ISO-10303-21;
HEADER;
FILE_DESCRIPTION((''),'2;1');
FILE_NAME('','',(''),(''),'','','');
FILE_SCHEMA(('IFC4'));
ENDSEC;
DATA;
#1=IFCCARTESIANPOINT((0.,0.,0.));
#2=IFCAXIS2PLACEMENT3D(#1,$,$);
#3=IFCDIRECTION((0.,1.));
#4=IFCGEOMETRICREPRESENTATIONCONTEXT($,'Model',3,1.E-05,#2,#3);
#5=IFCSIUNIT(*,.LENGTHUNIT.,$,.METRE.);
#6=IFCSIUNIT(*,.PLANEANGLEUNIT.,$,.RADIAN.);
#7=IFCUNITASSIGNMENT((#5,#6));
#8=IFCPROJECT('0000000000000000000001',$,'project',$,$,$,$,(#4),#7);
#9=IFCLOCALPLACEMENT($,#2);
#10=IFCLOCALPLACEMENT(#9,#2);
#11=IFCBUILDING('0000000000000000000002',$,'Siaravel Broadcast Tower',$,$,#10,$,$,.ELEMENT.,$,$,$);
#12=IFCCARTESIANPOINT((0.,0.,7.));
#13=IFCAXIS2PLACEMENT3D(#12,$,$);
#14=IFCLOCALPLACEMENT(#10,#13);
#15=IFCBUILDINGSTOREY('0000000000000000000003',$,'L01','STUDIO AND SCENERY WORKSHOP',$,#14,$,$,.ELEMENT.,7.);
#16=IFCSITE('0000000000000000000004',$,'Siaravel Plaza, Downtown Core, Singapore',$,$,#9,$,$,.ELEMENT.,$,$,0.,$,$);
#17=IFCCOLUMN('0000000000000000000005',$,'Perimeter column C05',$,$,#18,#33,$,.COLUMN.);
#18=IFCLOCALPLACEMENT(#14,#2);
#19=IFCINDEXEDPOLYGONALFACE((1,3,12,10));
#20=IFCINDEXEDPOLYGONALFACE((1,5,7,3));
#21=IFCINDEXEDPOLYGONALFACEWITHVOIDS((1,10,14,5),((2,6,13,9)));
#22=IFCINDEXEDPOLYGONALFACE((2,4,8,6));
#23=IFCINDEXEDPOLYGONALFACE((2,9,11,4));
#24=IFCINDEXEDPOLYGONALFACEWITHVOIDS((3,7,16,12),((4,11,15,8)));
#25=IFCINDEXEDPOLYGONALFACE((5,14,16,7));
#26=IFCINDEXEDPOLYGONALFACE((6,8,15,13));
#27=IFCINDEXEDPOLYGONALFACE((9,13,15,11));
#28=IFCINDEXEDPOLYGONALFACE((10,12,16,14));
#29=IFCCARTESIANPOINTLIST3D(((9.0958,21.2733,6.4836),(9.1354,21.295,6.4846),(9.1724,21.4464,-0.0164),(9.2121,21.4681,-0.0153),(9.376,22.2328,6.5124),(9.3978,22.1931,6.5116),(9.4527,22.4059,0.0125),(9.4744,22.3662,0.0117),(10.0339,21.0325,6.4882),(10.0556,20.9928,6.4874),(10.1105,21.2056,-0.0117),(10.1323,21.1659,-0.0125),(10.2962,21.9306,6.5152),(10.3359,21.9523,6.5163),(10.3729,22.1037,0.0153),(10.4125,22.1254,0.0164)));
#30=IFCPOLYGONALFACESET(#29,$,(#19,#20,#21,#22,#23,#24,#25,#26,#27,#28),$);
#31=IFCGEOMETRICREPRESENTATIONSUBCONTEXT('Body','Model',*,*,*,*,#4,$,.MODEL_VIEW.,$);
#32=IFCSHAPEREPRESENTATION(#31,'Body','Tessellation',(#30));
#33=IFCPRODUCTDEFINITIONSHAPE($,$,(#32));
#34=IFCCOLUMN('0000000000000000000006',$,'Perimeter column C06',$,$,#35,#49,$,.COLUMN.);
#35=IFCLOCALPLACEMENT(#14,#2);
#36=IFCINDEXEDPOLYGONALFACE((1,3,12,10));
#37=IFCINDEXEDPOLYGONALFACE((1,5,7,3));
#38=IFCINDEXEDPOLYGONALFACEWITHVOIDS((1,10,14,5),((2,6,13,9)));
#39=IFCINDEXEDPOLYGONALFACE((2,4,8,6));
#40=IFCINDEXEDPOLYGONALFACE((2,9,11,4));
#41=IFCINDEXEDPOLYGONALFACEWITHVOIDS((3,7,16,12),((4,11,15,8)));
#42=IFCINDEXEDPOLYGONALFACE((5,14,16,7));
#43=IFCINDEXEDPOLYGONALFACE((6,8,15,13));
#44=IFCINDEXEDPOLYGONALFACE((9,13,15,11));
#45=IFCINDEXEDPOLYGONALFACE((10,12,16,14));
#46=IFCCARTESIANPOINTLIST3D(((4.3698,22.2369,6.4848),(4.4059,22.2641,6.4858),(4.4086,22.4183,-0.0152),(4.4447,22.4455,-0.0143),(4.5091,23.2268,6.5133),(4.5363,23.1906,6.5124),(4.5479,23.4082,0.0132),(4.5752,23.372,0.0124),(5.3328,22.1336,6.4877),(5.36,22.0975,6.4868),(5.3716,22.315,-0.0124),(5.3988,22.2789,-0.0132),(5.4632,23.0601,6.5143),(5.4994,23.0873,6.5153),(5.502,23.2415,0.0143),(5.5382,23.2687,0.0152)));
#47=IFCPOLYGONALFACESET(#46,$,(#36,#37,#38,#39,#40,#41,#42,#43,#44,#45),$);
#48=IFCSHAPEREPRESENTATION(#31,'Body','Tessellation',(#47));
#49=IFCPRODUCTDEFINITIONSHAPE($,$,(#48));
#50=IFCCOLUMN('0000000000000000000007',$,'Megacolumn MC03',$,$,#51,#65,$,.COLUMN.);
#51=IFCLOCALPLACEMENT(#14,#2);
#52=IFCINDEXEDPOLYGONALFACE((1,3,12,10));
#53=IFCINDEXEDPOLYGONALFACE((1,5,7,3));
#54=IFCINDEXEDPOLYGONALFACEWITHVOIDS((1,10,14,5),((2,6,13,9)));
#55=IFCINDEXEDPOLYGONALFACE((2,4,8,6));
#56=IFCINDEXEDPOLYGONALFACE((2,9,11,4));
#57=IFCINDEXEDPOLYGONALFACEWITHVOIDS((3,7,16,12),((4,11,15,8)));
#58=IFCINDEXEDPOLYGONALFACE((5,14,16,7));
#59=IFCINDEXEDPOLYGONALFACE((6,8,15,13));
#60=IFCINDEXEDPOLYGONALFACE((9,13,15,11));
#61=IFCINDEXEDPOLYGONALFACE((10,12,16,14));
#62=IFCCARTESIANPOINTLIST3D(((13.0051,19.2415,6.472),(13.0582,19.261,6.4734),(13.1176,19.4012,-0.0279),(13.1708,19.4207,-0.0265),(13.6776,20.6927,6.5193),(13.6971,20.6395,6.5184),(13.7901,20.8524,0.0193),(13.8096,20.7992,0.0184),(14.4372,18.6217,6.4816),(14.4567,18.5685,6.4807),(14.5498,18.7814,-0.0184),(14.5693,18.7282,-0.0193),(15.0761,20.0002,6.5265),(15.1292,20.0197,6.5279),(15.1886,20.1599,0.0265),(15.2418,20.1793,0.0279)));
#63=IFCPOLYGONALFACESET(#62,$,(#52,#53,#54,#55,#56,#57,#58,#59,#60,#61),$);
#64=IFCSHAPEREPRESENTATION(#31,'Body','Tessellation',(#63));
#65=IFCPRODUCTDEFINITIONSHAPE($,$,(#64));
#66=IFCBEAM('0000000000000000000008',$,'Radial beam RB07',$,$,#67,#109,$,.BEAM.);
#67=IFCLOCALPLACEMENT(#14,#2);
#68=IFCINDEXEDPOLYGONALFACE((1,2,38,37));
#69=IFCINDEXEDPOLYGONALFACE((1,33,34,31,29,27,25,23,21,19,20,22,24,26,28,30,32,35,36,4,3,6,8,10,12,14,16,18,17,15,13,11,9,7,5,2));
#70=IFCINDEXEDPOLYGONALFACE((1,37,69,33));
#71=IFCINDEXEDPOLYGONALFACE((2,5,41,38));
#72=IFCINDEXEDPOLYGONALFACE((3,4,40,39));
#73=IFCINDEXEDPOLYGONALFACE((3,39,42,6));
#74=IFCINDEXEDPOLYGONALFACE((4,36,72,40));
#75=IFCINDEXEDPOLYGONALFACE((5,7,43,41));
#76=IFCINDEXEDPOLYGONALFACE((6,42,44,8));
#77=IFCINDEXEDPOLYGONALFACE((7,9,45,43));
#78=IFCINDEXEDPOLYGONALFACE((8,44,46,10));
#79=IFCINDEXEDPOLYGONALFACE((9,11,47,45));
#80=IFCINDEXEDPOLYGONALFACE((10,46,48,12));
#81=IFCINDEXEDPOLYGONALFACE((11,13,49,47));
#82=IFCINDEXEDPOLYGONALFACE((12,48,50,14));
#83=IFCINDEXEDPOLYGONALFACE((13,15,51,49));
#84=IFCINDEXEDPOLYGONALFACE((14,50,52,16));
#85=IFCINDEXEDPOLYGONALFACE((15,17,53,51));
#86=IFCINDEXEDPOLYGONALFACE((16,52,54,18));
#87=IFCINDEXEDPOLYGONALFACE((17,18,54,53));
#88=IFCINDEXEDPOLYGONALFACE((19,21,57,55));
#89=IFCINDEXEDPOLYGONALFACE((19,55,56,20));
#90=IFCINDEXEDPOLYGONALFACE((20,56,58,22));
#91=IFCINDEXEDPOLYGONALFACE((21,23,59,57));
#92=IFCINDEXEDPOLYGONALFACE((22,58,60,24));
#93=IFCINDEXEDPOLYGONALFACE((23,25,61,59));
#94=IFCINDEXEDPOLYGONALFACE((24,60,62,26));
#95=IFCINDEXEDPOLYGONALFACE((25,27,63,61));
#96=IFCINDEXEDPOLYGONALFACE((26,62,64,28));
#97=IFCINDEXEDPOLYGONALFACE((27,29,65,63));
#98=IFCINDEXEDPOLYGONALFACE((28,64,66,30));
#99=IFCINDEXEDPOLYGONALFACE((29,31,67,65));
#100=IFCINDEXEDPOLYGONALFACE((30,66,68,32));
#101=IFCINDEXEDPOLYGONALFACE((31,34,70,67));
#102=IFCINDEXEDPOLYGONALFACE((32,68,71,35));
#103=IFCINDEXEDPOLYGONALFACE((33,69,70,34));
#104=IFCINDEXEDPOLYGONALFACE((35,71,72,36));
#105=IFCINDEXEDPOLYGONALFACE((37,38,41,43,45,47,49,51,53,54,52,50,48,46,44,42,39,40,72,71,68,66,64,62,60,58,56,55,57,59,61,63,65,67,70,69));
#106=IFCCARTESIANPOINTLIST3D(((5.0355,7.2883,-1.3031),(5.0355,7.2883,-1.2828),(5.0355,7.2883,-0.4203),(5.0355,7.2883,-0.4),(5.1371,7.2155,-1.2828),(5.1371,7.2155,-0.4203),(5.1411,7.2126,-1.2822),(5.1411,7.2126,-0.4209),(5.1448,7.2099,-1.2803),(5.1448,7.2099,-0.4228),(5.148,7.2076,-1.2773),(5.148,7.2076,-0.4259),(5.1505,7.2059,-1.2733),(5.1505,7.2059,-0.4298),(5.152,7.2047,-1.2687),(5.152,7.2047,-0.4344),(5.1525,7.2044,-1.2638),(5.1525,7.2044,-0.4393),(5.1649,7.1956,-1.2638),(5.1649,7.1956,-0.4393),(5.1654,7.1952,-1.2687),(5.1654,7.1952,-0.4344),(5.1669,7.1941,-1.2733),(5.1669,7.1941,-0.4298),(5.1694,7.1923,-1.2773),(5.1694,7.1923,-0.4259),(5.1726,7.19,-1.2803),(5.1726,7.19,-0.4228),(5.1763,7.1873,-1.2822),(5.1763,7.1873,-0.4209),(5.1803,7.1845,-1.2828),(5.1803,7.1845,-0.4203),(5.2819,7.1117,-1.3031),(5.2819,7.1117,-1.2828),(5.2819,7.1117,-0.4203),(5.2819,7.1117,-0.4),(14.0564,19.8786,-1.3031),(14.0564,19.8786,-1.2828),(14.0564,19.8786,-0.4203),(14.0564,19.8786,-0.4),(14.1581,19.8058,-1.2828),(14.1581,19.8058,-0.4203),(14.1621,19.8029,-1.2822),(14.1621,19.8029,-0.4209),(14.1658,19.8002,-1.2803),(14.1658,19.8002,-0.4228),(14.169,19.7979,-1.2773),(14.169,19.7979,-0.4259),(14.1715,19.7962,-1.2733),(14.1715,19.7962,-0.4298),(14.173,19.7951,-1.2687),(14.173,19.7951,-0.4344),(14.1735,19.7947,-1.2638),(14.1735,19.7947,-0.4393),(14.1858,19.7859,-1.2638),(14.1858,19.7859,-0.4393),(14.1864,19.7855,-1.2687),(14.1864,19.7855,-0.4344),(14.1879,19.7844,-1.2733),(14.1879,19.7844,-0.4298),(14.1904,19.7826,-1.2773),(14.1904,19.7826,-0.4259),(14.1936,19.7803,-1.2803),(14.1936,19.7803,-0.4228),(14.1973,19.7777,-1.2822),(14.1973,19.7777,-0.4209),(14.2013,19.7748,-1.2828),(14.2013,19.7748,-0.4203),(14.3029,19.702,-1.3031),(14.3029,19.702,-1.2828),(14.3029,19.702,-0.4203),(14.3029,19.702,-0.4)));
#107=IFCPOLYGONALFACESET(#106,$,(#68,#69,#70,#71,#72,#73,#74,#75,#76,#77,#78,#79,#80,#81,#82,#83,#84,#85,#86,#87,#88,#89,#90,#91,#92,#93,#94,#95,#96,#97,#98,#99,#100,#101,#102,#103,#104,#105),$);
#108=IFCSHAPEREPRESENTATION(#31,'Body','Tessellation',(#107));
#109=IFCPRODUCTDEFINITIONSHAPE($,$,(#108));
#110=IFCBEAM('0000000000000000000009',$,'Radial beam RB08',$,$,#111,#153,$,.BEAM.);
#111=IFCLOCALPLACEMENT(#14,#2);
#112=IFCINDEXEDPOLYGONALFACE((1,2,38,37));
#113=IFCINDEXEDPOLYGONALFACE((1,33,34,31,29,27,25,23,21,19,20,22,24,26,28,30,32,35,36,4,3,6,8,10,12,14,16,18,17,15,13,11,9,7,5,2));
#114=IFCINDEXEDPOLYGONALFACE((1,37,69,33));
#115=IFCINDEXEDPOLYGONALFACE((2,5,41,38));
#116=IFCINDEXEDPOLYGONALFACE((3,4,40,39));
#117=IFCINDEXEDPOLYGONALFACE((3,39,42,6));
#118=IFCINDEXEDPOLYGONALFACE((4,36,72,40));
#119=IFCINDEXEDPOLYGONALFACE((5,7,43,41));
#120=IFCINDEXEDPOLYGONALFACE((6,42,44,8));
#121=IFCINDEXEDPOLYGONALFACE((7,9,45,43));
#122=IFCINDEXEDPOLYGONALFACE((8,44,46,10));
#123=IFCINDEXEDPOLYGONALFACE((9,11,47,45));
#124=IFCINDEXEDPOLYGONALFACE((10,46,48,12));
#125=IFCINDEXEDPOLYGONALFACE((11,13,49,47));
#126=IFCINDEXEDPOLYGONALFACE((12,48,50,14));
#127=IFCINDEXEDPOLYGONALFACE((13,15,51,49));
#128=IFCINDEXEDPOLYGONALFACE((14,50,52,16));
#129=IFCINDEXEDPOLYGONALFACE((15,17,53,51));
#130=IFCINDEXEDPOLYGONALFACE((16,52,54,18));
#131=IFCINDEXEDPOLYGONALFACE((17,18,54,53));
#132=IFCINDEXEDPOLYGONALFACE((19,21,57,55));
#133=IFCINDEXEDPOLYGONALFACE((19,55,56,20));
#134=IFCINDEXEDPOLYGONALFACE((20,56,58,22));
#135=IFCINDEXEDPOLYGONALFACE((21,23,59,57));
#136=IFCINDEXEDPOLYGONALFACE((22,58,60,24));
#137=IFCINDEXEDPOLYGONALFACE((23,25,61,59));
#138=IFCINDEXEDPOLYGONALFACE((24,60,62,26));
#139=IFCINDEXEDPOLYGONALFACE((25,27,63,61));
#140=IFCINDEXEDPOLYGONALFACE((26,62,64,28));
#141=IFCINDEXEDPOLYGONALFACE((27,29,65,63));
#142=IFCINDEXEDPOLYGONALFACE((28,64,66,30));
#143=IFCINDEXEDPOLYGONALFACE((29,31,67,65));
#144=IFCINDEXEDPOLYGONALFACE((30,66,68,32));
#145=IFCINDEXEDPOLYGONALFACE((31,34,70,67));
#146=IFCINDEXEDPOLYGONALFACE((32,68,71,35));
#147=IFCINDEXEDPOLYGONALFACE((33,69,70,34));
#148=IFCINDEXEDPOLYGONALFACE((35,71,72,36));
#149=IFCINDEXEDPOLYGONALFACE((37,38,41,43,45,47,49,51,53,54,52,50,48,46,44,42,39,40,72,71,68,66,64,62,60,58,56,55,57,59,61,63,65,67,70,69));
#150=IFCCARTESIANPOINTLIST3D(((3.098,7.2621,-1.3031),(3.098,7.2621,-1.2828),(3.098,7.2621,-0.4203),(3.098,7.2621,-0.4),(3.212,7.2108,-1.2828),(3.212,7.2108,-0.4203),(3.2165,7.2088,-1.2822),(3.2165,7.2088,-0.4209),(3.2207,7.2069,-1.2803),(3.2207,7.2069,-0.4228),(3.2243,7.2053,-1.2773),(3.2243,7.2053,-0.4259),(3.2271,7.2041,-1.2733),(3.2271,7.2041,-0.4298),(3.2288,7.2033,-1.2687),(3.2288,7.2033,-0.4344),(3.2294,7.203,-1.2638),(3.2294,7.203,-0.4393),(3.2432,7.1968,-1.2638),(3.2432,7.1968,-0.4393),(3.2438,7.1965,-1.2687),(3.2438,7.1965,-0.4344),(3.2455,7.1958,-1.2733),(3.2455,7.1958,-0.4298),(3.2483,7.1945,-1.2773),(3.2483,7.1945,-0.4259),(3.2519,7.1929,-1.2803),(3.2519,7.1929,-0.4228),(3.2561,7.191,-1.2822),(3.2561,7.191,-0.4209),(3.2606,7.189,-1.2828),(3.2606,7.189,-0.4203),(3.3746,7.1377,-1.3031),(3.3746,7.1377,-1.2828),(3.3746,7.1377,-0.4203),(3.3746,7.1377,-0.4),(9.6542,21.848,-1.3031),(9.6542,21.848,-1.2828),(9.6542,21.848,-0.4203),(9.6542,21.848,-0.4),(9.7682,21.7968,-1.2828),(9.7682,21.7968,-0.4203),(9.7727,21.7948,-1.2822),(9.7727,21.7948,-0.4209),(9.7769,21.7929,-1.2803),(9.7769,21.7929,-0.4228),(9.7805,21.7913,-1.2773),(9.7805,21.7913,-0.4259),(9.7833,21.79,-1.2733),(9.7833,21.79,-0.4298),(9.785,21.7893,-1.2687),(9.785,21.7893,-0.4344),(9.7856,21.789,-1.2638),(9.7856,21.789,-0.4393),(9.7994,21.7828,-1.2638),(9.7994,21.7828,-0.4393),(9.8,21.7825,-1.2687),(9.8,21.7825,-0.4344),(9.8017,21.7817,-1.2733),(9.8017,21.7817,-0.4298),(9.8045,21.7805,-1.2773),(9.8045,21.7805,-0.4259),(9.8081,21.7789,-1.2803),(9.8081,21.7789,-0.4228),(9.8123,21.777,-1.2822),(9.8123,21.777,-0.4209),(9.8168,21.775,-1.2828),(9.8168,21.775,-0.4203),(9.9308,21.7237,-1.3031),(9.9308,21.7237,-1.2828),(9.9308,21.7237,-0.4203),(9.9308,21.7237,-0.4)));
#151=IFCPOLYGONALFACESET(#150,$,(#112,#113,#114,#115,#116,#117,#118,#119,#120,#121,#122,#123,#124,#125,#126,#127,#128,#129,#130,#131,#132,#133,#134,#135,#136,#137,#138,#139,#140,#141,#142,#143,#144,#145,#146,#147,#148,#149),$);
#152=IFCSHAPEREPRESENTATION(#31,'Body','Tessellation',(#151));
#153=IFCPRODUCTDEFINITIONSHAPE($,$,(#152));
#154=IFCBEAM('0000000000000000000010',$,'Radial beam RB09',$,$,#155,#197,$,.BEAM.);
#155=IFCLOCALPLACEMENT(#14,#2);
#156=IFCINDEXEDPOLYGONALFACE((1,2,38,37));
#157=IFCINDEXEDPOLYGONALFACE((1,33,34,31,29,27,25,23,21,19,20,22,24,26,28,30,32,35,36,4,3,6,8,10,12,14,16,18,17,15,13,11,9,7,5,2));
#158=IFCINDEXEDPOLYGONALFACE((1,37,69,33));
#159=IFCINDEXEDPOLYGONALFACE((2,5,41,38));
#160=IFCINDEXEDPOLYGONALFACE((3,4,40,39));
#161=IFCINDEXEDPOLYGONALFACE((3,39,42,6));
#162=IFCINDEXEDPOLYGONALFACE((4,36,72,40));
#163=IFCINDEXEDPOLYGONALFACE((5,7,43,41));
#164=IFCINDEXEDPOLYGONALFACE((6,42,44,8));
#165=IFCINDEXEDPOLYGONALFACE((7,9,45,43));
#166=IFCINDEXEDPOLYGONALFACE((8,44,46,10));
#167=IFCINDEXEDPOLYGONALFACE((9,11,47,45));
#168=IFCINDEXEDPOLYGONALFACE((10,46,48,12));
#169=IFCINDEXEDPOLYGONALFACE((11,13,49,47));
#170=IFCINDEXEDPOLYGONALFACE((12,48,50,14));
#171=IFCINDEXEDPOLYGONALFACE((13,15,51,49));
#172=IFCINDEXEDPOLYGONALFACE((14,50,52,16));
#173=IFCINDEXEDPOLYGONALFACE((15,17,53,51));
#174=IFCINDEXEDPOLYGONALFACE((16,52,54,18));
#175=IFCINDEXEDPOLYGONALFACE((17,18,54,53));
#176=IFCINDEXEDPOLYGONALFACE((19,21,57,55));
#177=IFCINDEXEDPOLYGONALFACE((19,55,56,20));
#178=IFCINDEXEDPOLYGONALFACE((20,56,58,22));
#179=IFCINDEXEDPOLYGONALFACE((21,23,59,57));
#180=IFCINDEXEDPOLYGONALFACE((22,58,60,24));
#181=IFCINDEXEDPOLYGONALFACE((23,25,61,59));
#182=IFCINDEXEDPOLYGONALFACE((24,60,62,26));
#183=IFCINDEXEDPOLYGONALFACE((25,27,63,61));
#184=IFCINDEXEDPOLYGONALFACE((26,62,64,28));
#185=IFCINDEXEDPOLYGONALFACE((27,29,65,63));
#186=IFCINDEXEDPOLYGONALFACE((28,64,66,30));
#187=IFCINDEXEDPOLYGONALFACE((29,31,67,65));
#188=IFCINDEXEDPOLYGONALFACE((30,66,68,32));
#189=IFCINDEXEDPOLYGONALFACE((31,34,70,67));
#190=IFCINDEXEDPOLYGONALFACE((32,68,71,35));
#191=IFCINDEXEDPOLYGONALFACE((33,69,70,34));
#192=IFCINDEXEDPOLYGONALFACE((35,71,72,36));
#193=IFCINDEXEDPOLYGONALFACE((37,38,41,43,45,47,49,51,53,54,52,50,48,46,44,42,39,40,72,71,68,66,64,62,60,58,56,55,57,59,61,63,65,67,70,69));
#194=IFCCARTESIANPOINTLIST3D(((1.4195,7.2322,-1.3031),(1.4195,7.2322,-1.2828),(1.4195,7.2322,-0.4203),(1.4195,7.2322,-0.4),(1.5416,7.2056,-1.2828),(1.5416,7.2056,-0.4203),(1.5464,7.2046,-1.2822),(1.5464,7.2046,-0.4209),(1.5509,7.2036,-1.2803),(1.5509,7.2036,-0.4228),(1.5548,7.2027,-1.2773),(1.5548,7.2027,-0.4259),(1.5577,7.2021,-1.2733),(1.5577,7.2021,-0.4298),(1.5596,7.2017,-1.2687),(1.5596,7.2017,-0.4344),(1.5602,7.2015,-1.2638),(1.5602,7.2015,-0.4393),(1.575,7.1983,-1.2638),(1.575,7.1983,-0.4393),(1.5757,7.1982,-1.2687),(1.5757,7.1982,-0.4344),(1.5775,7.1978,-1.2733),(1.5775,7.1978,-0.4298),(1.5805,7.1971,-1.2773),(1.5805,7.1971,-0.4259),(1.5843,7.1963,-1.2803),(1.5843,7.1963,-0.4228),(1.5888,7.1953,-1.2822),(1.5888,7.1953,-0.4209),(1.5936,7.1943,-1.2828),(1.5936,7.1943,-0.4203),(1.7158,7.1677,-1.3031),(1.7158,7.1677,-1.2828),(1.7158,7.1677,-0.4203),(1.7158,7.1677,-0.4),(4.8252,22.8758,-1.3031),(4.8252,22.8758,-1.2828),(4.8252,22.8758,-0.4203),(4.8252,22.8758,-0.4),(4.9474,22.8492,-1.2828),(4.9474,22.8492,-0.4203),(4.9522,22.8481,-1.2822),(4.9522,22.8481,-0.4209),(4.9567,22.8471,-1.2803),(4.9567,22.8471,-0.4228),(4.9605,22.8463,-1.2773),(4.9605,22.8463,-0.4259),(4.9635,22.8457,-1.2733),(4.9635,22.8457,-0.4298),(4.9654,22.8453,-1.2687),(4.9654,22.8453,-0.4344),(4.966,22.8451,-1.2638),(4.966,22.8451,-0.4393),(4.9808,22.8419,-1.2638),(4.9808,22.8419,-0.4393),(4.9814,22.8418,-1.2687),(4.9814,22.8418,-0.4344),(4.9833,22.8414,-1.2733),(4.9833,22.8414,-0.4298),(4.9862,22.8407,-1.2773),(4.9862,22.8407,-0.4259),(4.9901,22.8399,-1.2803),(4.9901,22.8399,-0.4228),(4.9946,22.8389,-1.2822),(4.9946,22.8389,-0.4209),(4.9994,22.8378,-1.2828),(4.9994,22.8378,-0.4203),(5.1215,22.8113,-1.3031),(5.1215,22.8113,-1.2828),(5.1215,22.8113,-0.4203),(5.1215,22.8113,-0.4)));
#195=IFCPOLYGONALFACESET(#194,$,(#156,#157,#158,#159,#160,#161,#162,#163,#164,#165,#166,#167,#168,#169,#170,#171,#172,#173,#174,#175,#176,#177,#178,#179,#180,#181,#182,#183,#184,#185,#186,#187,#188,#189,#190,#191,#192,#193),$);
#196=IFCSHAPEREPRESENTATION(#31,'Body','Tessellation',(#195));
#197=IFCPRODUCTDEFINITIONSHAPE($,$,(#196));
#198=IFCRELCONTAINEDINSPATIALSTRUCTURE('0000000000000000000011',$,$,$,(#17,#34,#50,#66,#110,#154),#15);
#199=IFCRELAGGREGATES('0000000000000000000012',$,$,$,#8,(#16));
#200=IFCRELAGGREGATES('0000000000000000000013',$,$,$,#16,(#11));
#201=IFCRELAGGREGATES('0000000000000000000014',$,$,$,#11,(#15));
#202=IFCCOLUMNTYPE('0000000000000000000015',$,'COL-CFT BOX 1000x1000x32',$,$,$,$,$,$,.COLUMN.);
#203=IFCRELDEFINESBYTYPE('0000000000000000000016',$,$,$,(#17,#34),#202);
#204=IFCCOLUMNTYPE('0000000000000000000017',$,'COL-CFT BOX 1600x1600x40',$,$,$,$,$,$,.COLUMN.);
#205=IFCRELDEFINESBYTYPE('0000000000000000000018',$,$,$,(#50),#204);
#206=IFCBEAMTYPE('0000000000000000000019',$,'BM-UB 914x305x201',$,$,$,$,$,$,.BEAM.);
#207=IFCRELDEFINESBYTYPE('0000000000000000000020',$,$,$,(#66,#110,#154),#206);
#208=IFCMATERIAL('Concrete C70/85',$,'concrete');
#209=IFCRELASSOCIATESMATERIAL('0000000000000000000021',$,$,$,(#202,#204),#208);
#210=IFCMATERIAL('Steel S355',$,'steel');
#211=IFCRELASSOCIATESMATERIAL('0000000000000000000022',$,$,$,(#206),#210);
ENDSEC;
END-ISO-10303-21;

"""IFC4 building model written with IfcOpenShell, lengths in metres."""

from ifc_helpers import new_model, si_unit, direction, frame, origin, origin_2d, place, context, subcontext, project, spatial, hollow_rectangle, i_section, extrude, material, material_profile, profile_set, type_object, element, save


model = new_model("IFC4")

# Units and contexts
model_context = context("Model", 3, precision=1e-05, world=origin(), true_north=direction((0.0, 1.0)))
body_context = subcontext(model_context, "Body", "Model", "MODEL_VIEW")
ifc_project = project(units=[si_unit("LENGTHUNIT", "METRE"), si_unit("PLANEANGLEUNIT", "RADIAN")], contexts=[model_context])

# Site, building, storey
site_placement = place(None, origin())
site = spatial("IfcSite", under=ifc_project, at=site_placement, Name="Siaravel Plaza, Downtown Core, Singapore", CompositionType="ELEMENT", RefElevation=0.0)
building_placement = place(site_placement, origin())
building = spatial("IfcBuilding", under=site, at=building_placement, Name="Siaravel Broadcast Tower", CompositionType="ELEMENT")
storey_placement = place(building_placement, frame((0.0, 0.0, 7.0)))
storey = spatial("IfcBuildingStorey", under=building, at=storey_placement, Name="L01", Description="STUDIO AND SCENERY WORKSHOP", CompositionType="ELEMENT", Elevation=7.0)

# Columns
ifc_material_1 = material(Name="Concrete C70/85", Category="concrete")
ifc_material_profile_1 = material_profile(ifc_material_1, hollow_rectangle(XDim=1.0, YDim=1.0, WallThickness=0.032, at=origin_2d()))
ifc_profile_set_1 = profile_set([ifc_material_profile_1], Name="Concrete C70/85")
column_type_1 = type_object("IfcColumnType", Name="COL-CFT BOX 1000x1000x32", PredefinedType="COLUMN", material=ifc_profile_set_1)
for number, where, z_axis, x_axis, name in (
    (1, (9.7925, 21.7859, 0.0), (-0.011789, -0.026619, 0.999576), (0.959854, -0.280474, 0.003851), "Perimeter column C05"),
    (2, (4.9734, 22.8435, 0.0), (-0.00597, -0.027896, 0.999593), (0.990226, -0.13946, 0.002022), "Perimeter column C06"),
):
    element("IfcColumn", number, at=place(storey_placement, frame(where, z_axis=z_axis, x_axis=x_axis)), inside=storey, type_object=column_type_1, Name=name, PredefinedType="COLUMN", context=body_context, shape_type="SweptSolid", body=[
        extrude(hollow_rectangle(XDim=1.0, YDim=1.0, WallThickness=0.032, at=origin_2d()), origin(), (0.0, 0.0, 1.0), 6.5027),
    ])
ifc_material_profile_2 = material_profile(ifc_material_1, hollow_rectangle(XDim=1.6001, YDim=1.6001, WallThickness=0.04, at=origin_2d()))
ifc_profile_set_2 = profile_set([ifc_material_profile_2], Name="Concrete C70/85")
column_type_2 = type_object("IfcColumnType", Name="COL-CFT BOX 1600x1600x40", PredefinedType="COLUMN", material=ifc_profile_set_2)
column_placement = place(storey_placement, frame((14.1797, 19.7903, 0.0), z_axis=(-0.017307, -0.024553, 0.999549), x_axis=(0.907227, -0.420607, 0.005377)))
element("IfcColumn", 3, at=column_placement, inside=storey, type_object=column_type_2, Name="Megacolumn MC03", PredefinedType="COLUMN", context=body_context, shape_type="SweptSolid", body=[
    extrude(hollow_rectangle(XDim=1.6001, YDim=1.6001, WallThickness=0.04, at=origin_2d()), origin(), (0.0, 0.0, 1.0), 6.5029),
])

# Beams
ifc_material_2 = material(Name="Steel S355", Category="steel")
ifc_material_profile_3 = material_profile(ifc_material_2, i_section(OverallWidth=0.3032, OverallDepth=0.9031, WebThickness=0.0151, FlangeThickness=0.0203, FilletRadius=0.019, at=origin_2d()))
ifc_profile_set_3 = profile_set([ifc_material_profile_3], Name="Steel S355")
beam_type = type_object("IfcBeamType", Name="BM-UB 914x305x201", PredefinedType="BEAM", material=ifc_profile_set_3)
beam_1_placement = place(storey_placement, frame((14.1797, 19.7903, -0.8516), z_axis=(-0.58243, -0.812881, 0.0), x_axis=(0.812881, -0.58243, 0.0)))
element("IfcBeam", 4, at=beam_1_placement, inside=storey, type_object=beam_type, Name="Radial beam RB07", PredefinedType="BEAM", context=body_context, shape_type="SweptSolid", body=[
    extrude(i_section(OverallWidth=0.3032, OverallDepth=0.9031, WebThickness=0.0151, FlangeThickness=0.0203, FilletRadius=0.019, at=origin_2d()), origin(), (0.0, 0.0, 1.0), 15.4885),
])
beam_2_placement = place(storey_placement, frame((9.7925, 21.7859, -0.8516), z_axis=(-0.409974, -0.912097, 0.0), x_axis=(0.912097, -0.409974, 0.0)))
element("IfcBeam", 5, at=beam_2_placement, inside=storey, type_object=beam_type, Name="Radial beam RB08", PredefinedType="BEAM", context=body_context, shape_type="SweptSolid", body=[
    extrude(i_section(OverallWidth=0.3032, OverallDepth=0.9031, WebThickness=0.0151, FlangeThickness=0.0203, FilletRadius=0.019, at=origin_2d()), origin(), (0.0, 0.0, 1.0), 15.9917),
])
beam_3_placement = place(storey_placement, frame((4.9734, 22.8435, -0.8516), z_axis=(-0.212727, -0.977112, 0.0), x_axis=(0.977112, -0.212727, 0.0)))
element("IfcBeam", 6, at=beam_3_placement, inside=storey, type_object=beam_type, Name="Radial beam RB09", PredefinedType="BEAM", context=body_context, shape_type="SweptSolid", body=[
    extrude(i_section(OverallWidth=0.3032, OverallDepth=0.9031, WebThickness=0.0151, FlangeThickness=0.0203, FilletRadius=0.019, at=origin_2d()), origin(), (0.0, 0.0, 1.0), 16.01),
])

save(model, "model.ifc")
